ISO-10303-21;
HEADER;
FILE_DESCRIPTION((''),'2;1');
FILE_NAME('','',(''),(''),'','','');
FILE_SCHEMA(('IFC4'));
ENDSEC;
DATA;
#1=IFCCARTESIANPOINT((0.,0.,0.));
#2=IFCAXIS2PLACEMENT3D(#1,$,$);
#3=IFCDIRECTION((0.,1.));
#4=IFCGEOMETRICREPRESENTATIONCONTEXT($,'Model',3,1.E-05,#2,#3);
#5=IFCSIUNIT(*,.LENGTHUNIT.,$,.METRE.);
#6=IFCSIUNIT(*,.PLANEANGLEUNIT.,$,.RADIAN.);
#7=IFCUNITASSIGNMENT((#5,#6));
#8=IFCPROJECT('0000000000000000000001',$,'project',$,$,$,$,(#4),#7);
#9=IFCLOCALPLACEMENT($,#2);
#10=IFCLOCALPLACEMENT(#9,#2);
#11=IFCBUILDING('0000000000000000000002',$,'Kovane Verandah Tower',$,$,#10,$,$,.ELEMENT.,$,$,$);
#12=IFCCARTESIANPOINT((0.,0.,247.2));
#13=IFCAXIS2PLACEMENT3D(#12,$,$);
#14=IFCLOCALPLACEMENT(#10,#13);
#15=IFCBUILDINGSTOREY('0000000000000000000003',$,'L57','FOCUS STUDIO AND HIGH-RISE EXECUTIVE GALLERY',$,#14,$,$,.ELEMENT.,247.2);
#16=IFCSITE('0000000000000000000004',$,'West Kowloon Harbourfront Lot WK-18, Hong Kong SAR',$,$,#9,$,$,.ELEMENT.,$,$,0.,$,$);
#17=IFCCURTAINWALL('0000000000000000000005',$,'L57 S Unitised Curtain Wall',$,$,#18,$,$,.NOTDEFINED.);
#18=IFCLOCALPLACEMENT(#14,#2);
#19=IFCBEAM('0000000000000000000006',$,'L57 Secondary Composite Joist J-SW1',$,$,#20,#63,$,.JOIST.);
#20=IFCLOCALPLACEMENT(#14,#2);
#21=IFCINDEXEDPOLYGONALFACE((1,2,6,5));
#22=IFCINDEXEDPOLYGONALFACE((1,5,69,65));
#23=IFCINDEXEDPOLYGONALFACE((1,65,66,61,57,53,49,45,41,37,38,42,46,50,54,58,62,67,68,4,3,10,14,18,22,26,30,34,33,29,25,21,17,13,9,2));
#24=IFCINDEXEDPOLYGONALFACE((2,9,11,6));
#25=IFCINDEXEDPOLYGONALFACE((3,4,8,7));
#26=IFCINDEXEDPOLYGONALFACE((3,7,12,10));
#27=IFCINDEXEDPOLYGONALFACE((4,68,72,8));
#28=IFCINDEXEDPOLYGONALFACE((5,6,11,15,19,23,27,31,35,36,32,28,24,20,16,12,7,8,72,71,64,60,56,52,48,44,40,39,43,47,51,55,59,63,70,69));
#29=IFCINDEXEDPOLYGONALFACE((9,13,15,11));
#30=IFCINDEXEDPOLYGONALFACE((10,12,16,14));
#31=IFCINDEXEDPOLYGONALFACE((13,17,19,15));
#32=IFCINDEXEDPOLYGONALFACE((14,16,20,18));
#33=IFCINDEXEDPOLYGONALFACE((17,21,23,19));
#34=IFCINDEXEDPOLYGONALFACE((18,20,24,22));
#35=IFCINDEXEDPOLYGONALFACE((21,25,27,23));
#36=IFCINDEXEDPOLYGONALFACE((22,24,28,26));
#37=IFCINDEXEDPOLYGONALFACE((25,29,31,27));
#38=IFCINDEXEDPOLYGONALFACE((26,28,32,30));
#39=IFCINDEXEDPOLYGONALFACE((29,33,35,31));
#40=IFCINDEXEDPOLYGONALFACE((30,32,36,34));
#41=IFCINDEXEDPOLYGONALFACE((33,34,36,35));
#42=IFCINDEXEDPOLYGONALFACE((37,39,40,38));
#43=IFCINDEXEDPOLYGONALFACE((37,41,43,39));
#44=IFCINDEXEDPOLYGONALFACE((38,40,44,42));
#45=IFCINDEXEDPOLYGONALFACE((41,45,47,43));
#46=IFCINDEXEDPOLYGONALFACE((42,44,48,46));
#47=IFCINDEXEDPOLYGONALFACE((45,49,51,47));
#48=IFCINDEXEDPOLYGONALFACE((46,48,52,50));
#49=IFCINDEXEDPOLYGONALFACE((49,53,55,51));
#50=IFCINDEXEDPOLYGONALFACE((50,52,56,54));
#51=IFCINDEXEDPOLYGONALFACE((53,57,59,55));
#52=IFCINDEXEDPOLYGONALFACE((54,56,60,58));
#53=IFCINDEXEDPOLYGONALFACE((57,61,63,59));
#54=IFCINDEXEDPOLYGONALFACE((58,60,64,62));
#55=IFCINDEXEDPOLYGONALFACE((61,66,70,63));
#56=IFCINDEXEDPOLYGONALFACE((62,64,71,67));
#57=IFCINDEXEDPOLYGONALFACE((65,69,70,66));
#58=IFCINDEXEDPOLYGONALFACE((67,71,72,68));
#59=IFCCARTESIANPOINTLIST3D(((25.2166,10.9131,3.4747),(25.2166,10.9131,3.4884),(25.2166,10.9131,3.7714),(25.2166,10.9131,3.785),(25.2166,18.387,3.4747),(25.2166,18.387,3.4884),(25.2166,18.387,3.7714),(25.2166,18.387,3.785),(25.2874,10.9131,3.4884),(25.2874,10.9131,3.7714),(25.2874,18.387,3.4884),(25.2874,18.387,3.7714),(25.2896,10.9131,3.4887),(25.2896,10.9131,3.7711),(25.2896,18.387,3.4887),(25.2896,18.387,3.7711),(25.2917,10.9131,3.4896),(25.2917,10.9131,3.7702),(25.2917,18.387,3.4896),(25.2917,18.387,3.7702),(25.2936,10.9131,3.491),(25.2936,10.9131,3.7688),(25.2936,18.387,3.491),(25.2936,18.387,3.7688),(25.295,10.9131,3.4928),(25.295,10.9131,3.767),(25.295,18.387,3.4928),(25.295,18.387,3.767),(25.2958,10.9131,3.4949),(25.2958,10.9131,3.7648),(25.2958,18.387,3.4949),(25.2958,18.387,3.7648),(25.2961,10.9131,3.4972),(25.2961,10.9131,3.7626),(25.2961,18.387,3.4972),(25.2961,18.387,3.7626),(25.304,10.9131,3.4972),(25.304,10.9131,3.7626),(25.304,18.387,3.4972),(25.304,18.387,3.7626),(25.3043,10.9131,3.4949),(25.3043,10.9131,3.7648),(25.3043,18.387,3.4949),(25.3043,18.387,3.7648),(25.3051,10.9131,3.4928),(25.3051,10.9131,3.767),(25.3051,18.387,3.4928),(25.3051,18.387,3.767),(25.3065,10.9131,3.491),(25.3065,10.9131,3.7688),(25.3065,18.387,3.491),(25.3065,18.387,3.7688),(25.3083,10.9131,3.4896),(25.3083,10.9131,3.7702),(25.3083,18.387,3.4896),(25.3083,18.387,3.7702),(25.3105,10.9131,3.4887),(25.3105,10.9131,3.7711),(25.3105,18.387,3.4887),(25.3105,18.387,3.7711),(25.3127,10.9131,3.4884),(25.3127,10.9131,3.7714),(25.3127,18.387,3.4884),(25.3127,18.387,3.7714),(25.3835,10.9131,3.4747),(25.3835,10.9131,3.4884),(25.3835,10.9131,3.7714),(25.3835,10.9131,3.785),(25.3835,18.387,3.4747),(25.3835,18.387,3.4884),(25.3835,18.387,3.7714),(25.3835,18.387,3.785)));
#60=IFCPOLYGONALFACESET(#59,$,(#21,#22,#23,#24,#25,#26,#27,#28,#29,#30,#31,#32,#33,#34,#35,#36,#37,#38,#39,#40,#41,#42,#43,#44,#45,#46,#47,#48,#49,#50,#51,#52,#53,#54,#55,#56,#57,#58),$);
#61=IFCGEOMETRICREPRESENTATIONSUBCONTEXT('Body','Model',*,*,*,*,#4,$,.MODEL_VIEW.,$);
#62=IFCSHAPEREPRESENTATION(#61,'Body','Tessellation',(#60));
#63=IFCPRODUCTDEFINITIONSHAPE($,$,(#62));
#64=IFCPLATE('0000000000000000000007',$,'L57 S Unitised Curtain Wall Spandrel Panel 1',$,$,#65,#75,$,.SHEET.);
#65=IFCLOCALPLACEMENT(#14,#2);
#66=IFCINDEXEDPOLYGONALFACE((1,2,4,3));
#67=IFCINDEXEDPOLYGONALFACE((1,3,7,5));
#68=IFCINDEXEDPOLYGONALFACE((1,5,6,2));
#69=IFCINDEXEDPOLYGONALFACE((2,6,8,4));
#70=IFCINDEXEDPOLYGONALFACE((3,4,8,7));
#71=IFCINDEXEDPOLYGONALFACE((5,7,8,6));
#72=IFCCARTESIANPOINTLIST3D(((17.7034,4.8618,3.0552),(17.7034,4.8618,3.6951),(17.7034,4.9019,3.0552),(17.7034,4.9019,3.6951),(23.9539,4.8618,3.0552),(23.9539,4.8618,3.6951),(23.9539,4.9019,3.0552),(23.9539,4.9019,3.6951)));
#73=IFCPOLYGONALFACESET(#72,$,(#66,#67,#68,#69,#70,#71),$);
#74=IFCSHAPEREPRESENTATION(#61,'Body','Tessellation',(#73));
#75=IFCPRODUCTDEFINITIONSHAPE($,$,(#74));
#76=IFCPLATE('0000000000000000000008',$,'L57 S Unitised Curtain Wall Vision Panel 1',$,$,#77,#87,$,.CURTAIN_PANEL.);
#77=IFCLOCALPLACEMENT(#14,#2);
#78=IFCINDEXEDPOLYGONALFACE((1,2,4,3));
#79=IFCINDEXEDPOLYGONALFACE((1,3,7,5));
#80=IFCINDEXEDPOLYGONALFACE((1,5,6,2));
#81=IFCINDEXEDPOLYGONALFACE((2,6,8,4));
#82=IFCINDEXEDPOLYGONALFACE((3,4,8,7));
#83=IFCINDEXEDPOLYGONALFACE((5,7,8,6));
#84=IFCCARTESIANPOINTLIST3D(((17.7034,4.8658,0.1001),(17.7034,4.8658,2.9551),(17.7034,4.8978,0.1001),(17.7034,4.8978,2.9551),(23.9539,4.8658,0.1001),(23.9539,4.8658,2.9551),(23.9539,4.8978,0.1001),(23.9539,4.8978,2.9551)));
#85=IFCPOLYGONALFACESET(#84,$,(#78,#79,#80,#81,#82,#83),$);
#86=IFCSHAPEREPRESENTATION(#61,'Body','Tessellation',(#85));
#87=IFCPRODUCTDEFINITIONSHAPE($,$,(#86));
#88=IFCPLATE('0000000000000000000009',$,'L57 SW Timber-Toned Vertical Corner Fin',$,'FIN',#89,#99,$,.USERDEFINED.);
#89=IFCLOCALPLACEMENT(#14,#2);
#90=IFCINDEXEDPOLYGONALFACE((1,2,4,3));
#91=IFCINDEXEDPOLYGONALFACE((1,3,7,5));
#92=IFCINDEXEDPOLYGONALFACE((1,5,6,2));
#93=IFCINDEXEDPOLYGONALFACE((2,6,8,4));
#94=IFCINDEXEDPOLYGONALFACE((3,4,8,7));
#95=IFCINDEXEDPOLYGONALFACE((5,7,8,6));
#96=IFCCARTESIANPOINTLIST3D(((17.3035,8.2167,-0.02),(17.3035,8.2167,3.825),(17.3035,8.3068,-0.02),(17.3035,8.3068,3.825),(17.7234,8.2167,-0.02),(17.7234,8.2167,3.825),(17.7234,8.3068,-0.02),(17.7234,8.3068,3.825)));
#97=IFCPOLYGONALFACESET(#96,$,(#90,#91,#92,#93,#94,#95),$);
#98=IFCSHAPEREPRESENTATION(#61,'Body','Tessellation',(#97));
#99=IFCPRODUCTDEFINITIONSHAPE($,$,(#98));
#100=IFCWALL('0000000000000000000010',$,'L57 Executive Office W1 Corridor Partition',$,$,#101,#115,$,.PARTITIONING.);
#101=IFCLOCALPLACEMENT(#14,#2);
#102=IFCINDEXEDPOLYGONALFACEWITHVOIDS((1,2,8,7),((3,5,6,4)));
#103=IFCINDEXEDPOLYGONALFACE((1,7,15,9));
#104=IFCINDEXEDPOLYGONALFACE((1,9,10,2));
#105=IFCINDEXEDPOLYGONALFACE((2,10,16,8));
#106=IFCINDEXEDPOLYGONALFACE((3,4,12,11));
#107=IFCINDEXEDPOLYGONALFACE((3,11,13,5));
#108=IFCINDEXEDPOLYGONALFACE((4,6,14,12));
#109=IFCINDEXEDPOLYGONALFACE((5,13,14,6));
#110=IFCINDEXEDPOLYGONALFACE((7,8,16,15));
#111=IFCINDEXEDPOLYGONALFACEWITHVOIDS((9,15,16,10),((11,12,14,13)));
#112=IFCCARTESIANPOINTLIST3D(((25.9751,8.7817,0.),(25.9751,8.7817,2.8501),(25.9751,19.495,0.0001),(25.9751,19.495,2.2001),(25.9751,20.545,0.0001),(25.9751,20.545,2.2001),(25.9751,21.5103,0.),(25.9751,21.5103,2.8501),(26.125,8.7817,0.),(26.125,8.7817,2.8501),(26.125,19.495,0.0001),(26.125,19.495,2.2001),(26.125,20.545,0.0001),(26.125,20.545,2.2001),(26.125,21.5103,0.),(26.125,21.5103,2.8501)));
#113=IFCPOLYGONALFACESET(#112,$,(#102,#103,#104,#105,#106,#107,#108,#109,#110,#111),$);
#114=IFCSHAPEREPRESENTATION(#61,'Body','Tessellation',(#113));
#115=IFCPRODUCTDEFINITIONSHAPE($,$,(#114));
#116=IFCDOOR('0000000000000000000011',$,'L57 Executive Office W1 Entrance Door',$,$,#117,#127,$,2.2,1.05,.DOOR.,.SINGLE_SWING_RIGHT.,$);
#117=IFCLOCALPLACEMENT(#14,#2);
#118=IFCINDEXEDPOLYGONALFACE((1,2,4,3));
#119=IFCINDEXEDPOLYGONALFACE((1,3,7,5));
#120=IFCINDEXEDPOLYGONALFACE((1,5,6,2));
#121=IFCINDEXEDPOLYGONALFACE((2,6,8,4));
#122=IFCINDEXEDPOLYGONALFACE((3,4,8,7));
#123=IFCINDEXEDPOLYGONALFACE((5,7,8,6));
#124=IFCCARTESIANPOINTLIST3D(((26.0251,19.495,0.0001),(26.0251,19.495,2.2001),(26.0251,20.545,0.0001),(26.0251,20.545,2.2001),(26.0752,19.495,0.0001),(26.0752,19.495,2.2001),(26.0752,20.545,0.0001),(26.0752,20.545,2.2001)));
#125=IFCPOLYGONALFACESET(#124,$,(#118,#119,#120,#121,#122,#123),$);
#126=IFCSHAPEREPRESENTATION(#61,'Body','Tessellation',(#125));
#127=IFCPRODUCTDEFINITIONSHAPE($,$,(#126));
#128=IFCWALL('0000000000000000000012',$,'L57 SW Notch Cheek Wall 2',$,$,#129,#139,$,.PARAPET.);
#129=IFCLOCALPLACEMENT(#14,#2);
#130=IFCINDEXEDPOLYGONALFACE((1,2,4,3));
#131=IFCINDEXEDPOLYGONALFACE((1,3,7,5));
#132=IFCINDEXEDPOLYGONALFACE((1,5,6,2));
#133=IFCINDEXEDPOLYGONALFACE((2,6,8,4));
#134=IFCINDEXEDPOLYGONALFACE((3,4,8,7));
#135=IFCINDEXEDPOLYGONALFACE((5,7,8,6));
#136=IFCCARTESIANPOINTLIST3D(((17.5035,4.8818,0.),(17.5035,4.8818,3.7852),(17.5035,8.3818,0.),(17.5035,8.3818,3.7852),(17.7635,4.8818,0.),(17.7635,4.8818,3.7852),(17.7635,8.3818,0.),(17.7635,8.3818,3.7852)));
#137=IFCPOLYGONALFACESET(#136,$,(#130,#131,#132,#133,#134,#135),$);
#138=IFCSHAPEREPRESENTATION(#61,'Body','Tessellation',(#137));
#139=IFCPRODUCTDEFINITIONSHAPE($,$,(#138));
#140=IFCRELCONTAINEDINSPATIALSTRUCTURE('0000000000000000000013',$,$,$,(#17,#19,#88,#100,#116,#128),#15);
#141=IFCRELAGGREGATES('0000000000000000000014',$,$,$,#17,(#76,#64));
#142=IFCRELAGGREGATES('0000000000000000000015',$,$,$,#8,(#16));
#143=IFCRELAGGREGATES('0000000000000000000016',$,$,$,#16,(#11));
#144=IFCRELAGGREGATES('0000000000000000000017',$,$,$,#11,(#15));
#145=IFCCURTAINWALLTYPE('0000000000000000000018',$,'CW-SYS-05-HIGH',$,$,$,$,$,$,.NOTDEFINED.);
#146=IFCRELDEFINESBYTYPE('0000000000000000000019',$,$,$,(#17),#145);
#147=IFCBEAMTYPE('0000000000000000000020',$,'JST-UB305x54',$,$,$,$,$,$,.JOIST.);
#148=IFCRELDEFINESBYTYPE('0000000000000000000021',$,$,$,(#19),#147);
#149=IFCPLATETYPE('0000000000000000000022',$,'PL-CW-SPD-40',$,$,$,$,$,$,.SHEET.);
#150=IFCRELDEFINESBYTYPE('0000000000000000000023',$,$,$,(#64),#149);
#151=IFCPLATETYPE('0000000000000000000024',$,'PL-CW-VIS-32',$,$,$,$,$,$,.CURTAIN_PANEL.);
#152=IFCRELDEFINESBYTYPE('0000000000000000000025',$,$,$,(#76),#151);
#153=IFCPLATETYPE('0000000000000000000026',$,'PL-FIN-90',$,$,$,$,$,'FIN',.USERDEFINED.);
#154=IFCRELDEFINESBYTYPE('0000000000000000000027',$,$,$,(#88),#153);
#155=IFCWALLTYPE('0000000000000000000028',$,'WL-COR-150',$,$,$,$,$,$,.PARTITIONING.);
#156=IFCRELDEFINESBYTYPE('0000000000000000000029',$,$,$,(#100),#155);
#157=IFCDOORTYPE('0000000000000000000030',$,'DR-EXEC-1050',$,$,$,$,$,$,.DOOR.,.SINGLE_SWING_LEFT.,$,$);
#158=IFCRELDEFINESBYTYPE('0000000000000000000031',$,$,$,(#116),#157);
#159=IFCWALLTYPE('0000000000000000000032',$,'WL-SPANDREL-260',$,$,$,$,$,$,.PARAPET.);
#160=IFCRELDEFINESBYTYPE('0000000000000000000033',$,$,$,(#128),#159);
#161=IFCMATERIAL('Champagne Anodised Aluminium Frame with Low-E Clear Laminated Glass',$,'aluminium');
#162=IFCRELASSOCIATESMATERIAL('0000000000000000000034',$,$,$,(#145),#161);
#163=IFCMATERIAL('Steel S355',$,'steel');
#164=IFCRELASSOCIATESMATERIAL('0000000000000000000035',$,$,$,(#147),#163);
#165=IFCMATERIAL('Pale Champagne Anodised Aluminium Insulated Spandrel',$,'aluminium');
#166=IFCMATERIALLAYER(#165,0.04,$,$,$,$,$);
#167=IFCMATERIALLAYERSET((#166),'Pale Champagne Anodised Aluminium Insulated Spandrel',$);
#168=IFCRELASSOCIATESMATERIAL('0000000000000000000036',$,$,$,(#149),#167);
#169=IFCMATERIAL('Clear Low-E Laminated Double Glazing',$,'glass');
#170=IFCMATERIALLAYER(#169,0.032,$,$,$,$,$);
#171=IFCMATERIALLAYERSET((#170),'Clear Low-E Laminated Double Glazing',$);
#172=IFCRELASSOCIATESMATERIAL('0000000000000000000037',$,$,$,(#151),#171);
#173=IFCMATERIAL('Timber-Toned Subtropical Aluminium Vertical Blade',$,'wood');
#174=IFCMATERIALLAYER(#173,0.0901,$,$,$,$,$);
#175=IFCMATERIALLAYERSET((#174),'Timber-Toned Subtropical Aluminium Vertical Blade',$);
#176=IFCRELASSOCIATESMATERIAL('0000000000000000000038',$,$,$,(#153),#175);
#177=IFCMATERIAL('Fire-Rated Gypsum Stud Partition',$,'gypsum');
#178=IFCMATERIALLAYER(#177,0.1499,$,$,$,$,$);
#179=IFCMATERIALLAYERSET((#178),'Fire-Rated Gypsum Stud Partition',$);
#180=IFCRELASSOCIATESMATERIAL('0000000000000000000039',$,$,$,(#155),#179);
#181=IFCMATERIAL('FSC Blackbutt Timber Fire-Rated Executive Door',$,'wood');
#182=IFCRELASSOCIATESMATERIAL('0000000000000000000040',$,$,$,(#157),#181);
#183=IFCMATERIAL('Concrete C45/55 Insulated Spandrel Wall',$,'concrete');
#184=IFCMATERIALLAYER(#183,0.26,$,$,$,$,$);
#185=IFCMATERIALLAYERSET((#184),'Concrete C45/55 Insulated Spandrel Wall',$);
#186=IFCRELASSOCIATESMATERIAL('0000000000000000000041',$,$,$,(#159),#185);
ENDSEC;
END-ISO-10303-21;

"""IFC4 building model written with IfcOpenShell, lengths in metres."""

from ifc_helpers import new_model, si_unit, direction, frame, frame_2d, origin, origin_2d, place, context, subcontext, project, spatial, rectangle, i_section, extrude, material, layer, layer_set, material_profile, profile_set, type_object, element, fill, aggregate, save


model = new_model("IFC4")

# Units and contexts
model_context = context("Model", 3, precision=1e-05, world=origin(), true_north=direction((0.0, 1.0)))
body_context = subcontext(model_context, "Body", "Model", "MODEL_VIEW")
ifc_project = project(units=[si_unit("LENGTHUNIT", "METRE"), si_unit("PLANEANGLEUNIT", "RADIAN")], contexts=[model_context])

# Site, building, storey
site_placement = place(None, origin())
site = spatial("IfcSite", under=ifc_project, at=site_placement, Name="West Kowloon Harbourfront Lot WK-18, Hong Kong SAR", CompositionType="ELEMENT", RefElevation=0.0)
building_placement = place(site_placement, origin())
building = spatial("IfcBuilding", under=site, at=building_placement, Name="Kovane Verandah Tower", CompositionType="ELEMENT")
storey_placement = place(building_placement, frame((0.0, 0.0, 247.2)))
storey = spatial("IfcBuildingStorey", under=building, at=storey_placement, Name="L57", Description="FOCUS STUDIO AND HIGH-RISE EXECUTIVE GALLERY", CompositionType="ELEMENT", Elevation=247.2)

# Shared definitions
ifc_material_1 = material(Name="Steel S355", Category="steel")

# Curtain wall
ifc_material_2 = material(Name="Champagne Anodised Aluminium Frame with Low-E Clear Laminated Glass", Category="aluminium")
curtain_wall_type = type_object("IfcCurtainWallType", Name="CW-SYS-05-HIGH", PredefinedType="NOTDEFINED", material=ifc_material_2)
curtain_wall_placement = place(storey_placement, origin())
curtain_wall = element("IfcCurtainWall", 1, at=curtain_wall_placement, inside=storey, type_object=curtain_wall_type, Name="L57 S Unitised Curtain Wall", PredefinedType="NOTDEFINED")

# Beam
ifc_material_profile_1 = material_profile(ifc_material_1, i_section(OverallWidth=0.167, OverallDepth=0.3103, WebThickness=0.0078, FlangeThickness=0.0137, FilletRadius=0.0088, at=origin_2d()), Name="UB305x165x54")
ifc_profile_set_1 = profile_set([ifc_material_profile_1], Name="Steel S355")
beam_type_1 = type_object("IfcBeamType", Name="JST-UB305x54", PredefinedType="JOIST", material=ifc_profile_set_1)
beam_1_placement = place(storey_placement, frame((25.3, 10.9131, 3.6299), z_axis=(0.0, 1.0, 0.0), x_axis=(-1.0, 0.0, 0.0)))
element("IfcBeam", 2, at=beam_1_placement, inside=storey, type_object=beam_type_1, Name="L57 Secondary Composite Joist J-SW1", PredefinedType="JOIST", context=body_context, shape_type="SweptSolid", body=[
    extrude(i_section(OverallWidth=0.167, OverallDepth=0.3103, WebThickness=0.0078, FlangeThickness=0.0137, FilletRadius=0.0088, at=origin_2d()), origin(), (0.0, 0.0, 1.0), 7.4739),
])

# Plates
ifc_material_3 = material(Name="Pale Champagne Anodised Aluminium Insulated Spandrel", Category="aluminium")
ifc_layer_1 = layer(ifc_material_3, 0.04)
ifc_layer_set_1 = layer_set([ifc_layer_1], Name="Pale Champagne Anodised Aluminium Insulated Spandrel")
plate_type_1 = type_object("IfcPlateType", Name="PL-CW-SPD-40", PredefinedType="SHEET", material=ifc_layer_set_1)
plate_1_placement = place(storey_placement, frame((20.8286, 4.8818, 3.0552), z_axis=(0.0, 0.0, 1.0), x_axis=(1.0, 0.0, 0.0)))
plate_1 = element("IfcPlate", 3, at=plate_1_placement, type_object=plate_type_1, Name="L57 S Unitised Curtain Wall Spandrel Panel 1", PredefinedType="SHEET", context=body_context, shape_type="SweptSolid", body=[
    extrude(rectangle(XDim=6.2505, YDim=0.04, at=origin_2d()), origin(), (0.0, 0.0, 1.0), 0.6399),
])
ifc_material_4 = material(Name="Clear Low-E Laminated Double Glazing", Category="glass")
ifc_layer_2 = layer(ifc_material_4, 0.032)
ifc_layer_set_2 = layer_set([ifc_layer_2], Name="Clear Low-E Laminated Double Glazing")
plate_type_2 = type_object("IfcPlateType", Name="PL-CW-VIS-32", PredefinedType="CURTAIN_PANEL", material=ifc_layer_set_2)
plate_2_placement = place(storey_placement, frame((20.8286, 4.8818, 0.1001), z_axis=(0.0, 0.0, 1.0), x_axis=(1.0, 0.0, 0.0)))
plate_2 = element("IfcPlate", 4, at=plate_2_placement, type_object=plate_type_2, Name="L57 S Unitised Curtain Wall Vision Panel 1", PredefinedType="CURTAIN_PANEL", context=body_context, shape_type="SweptSolid", body=[
    extrude(rectangle(XDim=6.2505, YDim=0.032, at=origin_2d()), origin(), (0.0, 0.0, 1.0), 2.855),
])
aggregate(curtain_wall, [plate_2, plate_1])
ifc_material_5 = material(Name="Timber-Toned Subtropical Aluminium Vertical Blade", Category="wood")
ifc_layer_3 = layer(ifc_material_5, 0.0901)
ifc_layer_set_3 = layer_set([ifc_layer_3], Name="Timber-Toned Subtropical Aluminium Vertical Blade")
plate_type_3 = type_object("IfcPlateType", Name="PL-FIN-90", ElementType="FIN", PredefinedType="USERDEFINED", material=ifc_layer_set_3)
plate_3_placement = place(storey_placement, frame((17.5134, 8.2617, -0.02), z_axis=(0.0, 0.0, 1.0), x_axis=(1.0, 0.0, 0.0)))
element("IfcPlate", 5, at=plate_3_placement, inside=storey, type_object=plate_type_3, Name="L57 SW Timber-Toned Vertical Corner Fin", ObjectType="FIN", PredefinedType="USERDEFINED", context=body_context, shape_type="SweptSolid", body=[
    extrude(rectangle(XDim=0.4199, YDim=0.0901, at=origin_2d()), origin(), (0.0, 0.0, 1.0), 3.845),
])

# Wall, opening, door
ifc_material_6 = material(Name="Fire-Rated Gypsum Stud Partition", Category="gypsum")
ifc_layer_4 = layer(ifc_material_6, 0.1499)
ifc_layer_set_4 = layer_set([ifc_layer_4], Name="Fire-Rated Gypsum Stud Partition")
wall_type_1 = type_object("IfcWallType", Name="WL-COR-150", PredefinedType="PARTITIONING", material=ifc_layer_set_4)
wall_1_placement = place(storey_placement, frame((26.05, 8.7817, 0.0), z_axis=(0.0, 0.0, 1.0), x_axis=(0.0, 1.0, 0.0)))
wall_1 = element("IfcWall", 6, at=wall_1_placement, inside=storey, type_object=wall_type_1, Name="L57 Executive Office W1 Corridor Partition", PredefinedType="PARTITIONING", context=body_context, shape_type="SweptSolid", body=[
    extrude(rectangle(XDim=12.7285, YDim=0.1499, at=frame_2d((6.3643, 0.0))), origin(), (0.0, 0.0, 1.0), 2.8501),
])
opening_placement = place(wall_1_placement, frame((10.7134, 0.0, 0.0)))
opening = element("IfcOpeningElement", 7, at=opening_placement, cuts=wall_1, PredefinedType="OPENING", context=body_context, shape_type="SweptSolid", body=[
    extrude(rectangle(XDim=1.05, YDim=2.2, at=frame_2d((0.5249, 1.1001))), frame((0.0, 0.075, 0.0), z_axis=(0.0, -1.0, 0.0), x_axis=(1.0, 0.0, 0.0)), (0.0, 0.0, 1.0), 0.1499),
])
ifc_material_7 = material(Name="FSC Blackbutt Timber Fire-Rated Executive Door", Category="wood")
door_type = type_object("IfcDoorType", Name="DR-EXEC-1050", OperationType="SINGLE_SWING_LEFT", PredefinedType="DOOR", material=ifc_material_7)
door_placement = place(opening_placement, origin())
door = element("IfcDoor", 8, at=door_placement, inside=storey, type_object=door_type, Name="L57 Executive Office W1 Entrance Door", OperationType="SINGLE_SWING_RIGHT", OverallHeight=2.2, OverallWidth=1.05, PredefinedType="DOOR", context=body_context, shape_type="SweptSolid", body=[
    extrude(rectangle(XDim=1.05, YDim=2.2, at=frame_2d((0.5249, 1.1001))), frame((0.0, 0.0249, 0.0), z_axis=(0.0, -1.0, 0.0), x_axis=(1.0, 0.0, 0.0)), (0.0, 0.0, 1.0), 0.05),
])
fill(opening, door)

# Wall
ifc_material_8 = material(Name="Concrete C45/55 Insulated Spandrel Wall", Category="concrete")
ifc_layer_5 = layer(ifc_material_8, 0.26)
ifc_layer_set_5 = layer_set([ifc_layer_5], Name="Concrete C45/55 Insulated Spandrel Wall")
wall_type_2 = type_object("IfcWallType", Name="WL-SPANDREL-260", PredefinedType="PARAPET", material=ifc_layer_set_5)
wall_2_placement = place(storey_placement, frame((17.6335, 8.3818, 0.0), z_axis=(0.0, 0.0, 1.0), x_axis=(0.0, -1.0, 0.0)))
element("IfcWall", 9, at=wall_2_placement, inside=storey, type_object=wall_type_2, Name="L57 SW Notch Cheek Wall 2", PredefinedType="PARAPET", context=body_context, shape_type="SweptSolid", body=[
    extrude(rectangle(XDim=3.5, YDim=0.26, at=frame_2d((1.75, 0.0))), origin(), (0.0, 0.0, 1.0), 3.7852),
])

save(model, "model.ifc")
